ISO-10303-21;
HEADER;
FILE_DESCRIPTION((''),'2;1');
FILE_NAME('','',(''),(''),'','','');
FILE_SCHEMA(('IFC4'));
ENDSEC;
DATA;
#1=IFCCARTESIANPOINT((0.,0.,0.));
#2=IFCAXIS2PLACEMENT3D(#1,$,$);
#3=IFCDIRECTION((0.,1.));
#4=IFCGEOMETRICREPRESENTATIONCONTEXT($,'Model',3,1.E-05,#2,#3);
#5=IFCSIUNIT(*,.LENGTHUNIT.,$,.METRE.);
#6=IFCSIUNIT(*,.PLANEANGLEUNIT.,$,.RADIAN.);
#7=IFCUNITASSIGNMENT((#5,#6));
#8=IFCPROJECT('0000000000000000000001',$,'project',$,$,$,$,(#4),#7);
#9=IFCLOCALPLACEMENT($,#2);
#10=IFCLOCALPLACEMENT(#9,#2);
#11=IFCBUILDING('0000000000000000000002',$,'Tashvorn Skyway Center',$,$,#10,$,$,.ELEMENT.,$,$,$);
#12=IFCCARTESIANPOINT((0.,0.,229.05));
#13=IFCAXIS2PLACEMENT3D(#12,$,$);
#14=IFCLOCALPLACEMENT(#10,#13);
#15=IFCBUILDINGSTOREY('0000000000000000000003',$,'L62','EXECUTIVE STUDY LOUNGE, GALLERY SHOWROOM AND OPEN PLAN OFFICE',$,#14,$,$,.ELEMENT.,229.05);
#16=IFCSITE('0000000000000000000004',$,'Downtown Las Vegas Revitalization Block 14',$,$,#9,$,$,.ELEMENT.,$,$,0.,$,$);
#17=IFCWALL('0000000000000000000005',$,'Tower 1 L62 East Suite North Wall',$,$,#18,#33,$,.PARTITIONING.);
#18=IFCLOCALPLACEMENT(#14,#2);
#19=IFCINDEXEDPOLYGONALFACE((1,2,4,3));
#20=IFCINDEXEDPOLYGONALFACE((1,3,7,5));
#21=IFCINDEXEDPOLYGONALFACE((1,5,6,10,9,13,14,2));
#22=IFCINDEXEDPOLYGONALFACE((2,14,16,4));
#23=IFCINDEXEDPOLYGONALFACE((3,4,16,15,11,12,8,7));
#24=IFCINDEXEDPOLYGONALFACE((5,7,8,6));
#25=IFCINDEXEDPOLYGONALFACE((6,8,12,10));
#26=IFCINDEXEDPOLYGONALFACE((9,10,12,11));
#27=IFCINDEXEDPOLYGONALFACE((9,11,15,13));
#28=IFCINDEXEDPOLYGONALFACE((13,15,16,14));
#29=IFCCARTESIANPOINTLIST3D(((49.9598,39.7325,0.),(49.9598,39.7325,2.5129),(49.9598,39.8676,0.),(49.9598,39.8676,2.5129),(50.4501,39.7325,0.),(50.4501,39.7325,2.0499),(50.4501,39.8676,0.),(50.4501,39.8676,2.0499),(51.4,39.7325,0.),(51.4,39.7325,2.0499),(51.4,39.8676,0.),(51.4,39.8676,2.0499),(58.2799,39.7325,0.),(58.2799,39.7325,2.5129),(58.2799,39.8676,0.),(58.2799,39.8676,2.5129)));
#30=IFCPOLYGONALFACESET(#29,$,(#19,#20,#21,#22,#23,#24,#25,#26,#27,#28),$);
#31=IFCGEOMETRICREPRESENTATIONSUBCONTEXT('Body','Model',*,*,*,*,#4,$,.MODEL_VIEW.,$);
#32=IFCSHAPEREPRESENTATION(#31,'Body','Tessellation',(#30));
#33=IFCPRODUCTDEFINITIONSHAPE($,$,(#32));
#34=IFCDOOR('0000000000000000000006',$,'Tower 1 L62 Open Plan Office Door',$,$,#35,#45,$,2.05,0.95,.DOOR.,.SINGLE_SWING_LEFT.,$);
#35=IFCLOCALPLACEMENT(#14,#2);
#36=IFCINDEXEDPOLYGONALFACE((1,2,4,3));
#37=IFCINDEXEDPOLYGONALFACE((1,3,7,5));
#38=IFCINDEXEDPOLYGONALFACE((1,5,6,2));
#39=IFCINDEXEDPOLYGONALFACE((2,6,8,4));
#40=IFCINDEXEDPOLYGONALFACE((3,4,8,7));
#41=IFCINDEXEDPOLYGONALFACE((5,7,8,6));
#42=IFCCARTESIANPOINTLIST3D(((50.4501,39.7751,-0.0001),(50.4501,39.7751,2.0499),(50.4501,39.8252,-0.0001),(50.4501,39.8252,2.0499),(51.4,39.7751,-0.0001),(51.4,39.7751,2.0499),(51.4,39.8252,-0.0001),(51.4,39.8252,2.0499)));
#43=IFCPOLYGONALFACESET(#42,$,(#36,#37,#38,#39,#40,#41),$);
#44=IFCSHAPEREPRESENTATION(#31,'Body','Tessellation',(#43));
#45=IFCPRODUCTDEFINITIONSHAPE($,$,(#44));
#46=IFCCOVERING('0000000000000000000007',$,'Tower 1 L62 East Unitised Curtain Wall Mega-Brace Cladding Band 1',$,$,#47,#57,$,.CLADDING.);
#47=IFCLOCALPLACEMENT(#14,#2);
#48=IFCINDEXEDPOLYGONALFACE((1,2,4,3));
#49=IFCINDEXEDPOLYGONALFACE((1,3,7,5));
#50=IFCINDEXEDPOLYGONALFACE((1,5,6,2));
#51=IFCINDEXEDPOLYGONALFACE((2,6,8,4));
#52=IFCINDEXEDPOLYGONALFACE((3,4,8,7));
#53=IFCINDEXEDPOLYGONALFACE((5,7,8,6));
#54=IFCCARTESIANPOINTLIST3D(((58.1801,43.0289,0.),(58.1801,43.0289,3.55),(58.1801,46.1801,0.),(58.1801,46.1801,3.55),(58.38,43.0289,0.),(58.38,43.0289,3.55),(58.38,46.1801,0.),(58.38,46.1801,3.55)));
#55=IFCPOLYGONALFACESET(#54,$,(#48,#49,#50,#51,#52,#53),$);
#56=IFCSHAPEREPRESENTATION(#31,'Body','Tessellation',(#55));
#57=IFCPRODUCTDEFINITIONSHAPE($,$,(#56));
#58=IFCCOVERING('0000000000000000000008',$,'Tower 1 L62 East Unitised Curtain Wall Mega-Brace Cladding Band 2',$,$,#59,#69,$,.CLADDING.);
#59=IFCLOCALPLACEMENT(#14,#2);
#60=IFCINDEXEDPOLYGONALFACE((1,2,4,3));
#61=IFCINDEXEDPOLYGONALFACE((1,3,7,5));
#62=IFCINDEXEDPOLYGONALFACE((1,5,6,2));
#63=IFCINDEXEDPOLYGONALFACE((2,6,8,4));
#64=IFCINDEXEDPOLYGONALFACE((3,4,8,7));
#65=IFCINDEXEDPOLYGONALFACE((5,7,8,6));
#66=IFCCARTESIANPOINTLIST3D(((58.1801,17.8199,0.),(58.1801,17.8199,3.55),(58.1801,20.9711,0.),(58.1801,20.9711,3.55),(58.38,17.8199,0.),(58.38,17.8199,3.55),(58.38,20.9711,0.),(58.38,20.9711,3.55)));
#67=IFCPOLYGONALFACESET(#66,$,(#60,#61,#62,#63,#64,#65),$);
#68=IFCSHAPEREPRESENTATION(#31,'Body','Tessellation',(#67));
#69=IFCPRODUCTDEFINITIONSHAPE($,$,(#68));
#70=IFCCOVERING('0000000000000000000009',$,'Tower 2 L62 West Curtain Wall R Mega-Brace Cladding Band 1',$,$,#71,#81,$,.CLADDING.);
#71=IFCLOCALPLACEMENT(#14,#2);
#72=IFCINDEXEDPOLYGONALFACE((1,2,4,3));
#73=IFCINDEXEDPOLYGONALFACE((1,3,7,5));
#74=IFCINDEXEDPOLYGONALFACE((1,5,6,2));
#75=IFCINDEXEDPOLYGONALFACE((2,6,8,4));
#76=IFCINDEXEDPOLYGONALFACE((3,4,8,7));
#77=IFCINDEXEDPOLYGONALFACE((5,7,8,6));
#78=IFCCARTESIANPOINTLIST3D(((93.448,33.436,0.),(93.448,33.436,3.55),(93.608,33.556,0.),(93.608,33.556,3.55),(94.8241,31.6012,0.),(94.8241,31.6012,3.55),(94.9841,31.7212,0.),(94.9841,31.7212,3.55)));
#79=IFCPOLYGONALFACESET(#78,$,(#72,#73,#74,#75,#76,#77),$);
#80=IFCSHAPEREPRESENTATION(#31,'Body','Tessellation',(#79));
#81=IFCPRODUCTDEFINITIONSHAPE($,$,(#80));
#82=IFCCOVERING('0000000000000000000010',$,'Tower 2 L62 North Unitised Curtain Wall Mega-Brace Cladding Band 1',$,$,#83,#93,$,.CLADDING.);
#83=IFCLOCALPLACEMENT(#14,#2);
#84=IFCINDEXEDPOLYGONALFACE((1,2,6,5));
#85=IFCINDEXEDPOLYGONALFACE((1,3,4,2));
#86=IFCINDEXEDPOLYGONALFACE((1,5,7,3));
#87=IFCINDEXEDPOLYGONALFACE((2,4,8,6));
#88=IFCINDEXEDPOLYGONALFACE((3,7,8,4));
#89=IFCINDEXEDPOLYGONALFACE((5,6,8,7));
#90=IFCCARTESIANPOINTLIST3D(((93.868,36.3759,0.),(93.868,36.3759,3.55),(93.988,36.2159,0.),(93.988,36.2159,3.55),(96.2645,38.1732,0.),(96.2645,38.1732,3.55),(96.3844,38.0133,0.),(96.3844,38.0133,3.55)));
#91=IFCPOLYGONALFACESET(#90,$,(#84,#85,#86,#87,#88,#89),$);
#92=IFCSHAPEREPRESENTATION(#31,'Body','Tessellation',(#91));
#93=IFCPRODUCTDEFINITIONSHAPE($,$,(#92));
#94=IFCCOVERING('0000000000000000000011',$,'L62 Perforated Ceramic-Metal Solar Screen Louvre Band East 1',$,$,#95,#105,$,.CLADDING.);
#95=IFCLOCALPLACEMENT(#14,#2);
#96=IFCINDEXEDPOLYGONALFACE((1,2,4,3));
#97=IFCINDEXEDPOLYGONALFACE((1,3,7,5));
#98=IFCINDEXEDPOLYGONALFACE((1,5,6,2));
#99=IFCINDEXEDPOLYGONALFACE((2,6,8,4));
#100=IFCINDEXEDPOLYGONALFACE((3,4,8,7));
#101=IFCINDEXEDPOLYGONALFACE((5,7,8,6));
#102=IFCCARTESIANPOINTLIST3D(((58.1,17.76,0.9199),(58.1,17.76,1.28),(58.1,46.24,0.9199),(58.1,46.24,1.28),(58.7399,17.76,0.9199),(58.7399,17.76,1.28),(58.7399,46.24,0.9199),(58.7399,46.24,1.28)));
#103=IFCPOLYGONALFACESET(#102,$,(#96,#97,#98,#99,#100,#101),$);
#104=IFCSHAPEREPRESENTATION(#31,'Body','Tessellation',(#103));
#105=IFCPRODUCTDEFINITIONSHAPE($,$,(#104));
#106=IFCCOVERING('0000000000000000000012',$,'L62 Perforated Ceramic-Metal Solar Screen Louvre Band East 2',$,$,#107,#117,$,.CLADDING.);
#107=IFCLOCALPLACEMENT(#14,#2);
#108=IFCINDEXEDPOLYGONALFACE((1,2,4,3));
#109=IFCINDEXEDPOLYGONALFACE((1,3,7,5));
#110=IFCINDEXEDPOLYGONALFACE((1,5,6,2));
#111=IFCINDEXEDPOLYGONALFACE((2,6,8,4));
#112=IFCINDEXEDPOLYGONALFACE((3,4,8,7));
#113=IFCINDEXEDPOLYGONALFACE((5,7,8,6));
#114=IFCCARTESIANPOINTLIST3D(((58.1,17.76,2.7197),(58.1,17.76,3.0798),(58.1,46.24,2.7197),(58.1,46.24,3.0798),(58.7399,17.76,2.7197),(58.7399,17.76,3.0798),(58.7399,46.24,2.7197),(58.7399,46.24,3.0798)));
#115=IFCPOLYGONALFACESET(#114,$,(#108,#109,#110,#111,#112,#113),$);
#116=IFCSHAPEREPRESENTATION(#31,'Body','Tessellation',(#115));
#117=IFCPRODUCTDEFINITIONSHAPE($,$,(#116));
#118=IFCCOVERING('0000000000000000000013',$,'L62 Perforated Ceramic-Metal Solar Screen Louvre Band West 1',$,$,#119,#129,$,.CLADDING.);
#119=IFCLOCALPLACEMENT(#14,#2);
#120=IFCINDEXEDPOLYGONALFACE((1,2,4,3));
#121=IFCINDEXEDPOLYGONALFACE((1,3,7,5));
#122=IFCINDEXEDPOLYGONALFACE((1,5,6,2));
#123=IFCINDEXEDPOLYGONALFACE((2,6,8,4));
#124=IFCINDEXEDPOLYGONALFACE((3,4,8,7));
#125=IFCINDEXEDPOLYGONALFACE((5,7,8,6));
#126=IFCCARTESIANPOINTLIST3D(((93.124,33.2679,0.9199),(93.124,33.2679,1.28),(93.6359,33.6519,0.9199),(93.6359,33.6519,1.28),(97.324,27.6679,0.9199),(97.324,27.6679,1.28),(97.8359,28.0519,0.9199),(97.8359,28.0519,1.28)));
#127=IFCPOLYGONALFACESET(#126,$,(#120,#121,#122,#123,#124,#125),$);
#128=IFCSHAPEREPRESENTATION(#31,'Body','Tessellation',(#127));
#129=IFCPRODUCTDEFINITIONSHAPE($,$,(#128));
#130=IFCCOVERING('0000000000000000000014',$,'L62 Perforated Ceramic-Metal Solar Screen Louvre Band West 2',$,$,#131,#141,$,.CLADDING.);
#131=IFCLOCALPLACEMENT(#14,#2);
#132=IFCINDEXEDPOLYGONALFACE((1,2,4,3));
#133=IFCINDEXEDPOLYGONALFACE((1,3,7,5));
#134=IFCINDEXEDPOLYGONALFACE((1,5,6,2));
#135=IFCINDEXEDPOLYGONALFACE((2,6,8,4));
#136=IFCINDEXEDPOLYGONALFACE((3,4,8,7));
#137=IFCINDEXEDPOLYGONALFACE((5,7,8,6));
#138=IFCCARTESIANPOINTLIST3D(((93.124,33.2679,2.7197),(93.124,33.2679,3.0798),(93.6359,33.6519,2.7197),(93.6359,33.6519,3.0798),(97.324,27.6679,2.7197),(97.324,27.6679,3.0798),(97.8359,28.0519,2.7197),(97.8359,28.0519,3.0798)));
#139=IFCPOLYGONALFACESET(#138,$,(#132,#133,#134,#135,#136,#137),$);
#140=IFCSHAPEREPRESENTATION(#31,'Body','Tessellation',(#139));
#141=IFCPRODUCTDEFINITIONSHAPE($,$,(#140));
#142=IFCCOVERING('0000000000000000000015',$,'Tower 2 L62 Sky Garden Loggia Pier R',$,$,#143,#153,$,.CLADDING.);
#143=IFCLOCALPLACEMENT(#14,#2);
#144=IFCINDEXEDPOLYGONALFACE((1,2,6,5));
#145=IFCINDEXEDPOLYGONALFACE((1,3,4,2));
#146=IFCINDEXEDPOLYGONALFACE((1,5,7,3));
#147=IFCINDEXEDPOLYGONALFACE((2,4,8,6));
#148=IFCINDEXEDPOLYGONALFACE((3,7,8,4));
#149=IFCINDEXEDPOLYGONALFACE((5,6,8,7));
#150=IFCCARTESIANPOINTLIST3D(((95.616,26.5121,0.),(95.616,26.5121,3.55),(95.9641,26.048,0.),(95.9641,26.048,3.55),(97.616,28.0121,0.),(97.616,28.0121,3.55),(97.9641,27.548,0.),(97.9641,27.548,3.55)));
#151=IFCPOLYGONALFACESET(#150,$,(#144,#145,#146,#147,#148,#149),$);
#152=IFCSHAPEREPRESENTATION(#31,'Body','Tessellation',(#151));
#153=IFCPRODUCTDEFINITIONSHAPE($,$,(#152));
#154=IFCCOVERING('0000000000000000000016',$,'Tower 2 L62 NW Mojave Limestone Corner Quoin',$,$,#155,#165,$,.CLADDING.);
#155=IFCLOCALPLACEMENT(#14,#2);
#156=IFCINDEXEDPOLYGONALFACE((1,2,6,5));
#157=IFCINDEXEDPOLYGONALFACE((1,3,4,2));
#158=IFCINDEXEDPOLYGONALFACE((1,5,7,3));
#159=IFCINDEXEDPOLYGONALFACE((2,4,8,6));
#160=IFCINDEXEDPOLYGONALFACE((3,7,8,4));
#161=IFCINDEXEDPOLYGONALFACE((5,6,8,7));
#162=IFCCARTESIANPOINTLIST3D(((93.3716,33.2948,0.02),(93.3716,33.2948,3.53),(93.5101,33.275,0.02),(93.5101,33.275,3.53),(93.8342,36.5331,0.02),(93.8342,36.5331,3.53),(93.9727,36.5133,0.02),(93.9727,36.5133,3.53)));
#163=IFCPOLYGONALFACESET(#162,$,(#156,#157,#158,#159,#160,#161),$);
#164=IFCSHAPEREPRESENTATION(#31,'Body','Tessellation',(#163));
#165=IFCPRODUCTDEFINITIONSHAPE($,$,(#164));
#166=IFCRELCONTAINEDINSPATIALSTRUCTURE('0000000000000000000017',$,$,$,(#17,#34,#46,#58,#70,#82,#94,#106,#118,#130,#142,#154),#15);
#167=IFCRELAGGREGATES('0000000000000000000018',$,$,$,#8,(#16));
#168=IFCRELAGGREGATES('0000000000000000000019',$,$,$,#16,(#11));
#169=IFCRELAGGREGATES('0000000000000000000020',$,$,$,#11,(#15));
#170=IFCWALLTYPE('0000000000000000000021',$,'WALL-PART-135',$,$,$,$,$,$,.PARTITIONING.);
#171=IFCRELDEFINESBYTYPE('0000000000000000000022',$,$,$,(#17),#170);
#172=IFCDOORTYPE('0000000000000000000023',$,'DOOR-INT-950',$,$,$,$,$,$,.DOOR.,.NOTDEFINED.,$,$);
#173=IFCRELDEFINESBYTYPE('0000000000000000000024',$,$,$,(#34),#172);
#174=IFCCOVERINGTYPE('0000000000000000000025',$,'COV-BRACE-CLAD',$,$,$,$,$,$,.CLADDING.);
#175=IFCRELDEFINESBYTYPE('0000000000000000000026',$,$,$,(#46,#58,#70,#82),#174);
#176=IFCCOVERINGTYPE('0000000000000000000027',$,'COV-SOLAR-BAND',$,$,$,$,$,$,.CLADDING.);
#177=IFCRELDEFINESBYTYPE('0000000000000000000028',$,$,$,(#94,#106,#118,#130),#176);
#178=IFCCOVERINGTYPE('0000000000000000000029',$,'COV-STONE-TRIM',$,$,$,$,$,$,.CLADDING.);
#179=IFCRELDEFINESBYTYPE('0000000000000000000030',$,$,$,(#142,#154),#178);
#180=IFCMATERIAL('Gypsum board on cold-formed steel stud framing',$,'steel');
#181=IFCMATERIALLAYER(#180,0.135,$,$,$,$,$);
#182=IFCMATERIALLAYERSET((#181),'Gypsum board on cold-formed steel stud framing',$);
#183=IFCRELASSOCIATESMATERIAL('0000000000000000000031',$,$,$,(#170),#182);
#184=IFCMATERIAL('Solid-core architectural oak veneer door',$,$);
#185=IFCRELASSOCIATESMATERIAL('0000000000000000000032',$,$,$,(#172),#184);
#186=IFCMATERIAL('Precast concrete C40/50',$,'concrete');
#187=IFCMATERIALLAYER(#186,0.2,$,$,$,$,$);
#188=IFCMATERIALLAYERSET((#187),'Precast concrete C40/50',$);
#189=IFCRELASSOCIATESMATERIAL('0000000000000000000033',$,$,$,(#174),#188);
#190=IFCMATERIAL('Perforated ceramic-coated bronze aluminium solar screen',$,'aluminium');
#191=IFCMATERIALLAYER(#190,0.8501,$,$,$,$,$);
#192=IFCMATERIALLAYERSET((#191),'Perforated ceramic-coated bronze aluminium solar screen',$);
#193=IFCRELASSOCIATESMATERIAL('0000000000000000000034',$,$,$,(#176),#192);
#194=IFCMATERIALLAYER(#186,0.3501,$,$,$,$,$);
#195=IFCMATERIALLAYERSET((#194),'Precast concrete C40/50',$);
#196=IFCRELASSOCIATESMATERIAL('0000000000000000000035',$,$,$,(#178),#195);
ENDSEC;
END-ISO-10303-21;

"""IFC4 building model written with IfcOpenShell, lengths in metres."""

from ifc_helpers import new_model, si_unit, direction, frame, frame_2d, origin, origin_2d, place, context, subcontext, project, spatial, rectangle, extrude, material, layer, layer_set, type_object, element, fill, save


model = new_model("IFC4")

# Units and contexts
model_context = context("Model", 3, precision=1e-05, world=origin(), true_north=direction((0.0, 1.0)))
body_context = subcontext(model_context, "Body", "Model", "MODEL_VIEW")
ifc_project = project(units=[si_unit("LENGTHUNIT", "METRE"), si_unit("PLANEANGLEUNIT", "RADIAN")], contexts=[model_context])

# Site, building, storey
site_placement = place(None, origin())
site = spatial("IfcSite", under=ifc_project, at=site_placement, Name="Downtown Las Vegas Revitalization Block 14", CompositionType="ELEMENT", RefElevation=0.0)
building_placement = place(site_placement, origin())
building = spatial("IfcBuilding", under=site, at=building_placement, Name="Tashvorn Skyway Center", CompositionType="ELEMENT")
storey_placement = place(building_placement, frame((0.0, 0.0, 229.05)))
storey = spatial("IfcBuildingStorey", under=building, at=storey_placement, Name="L62", Description="EXECUTIVE STUDY LOUNGE, GALLERY SHOWROOM AND OPEN PLAN OFFICE", CompositionType="ELEMENT", Elevation=229.05)

# Shared definitions
ifc_material_1 = material(Name="Precast concrete C40/50", Category="concrete")

# Wall, opening, door
ifc_material_2 = material(Name="Gypsum board on cold-formed steel stud framing", Category="steel")
ifc_layer_1 = layer(ifc_material_2, 0.135)
ifc_layer_set_1 = layer_set([ifc_layer_1], Name="Gypsum board on cold-formed steel stud framing")
wall_type_1 = type_object("IfcWallType", Name="WALL-PART-135", PredefinedType="PARTITIONING", material=ifc_layer_set_1)
wall_1_placement = place(storey_placement, frame((58.28, 39.8, 0.0), z_axis=(0.0, 0.0, 1.0), x_axis=(-1.0, 0.0, 0.0)))
wall_1 = element("IfcWall", 1, at=wall_1_placement, inside=storey, type_object=wall_type_1, Name="Tower 1 L62 East Suite North Wall", PredefinedType="PARTITIONING", context=body_context, shape_type="SweptSolid", body=[
    extrude(rectangle(XDim=8.3201, YDim=0.135, at=frame_2d((4.1602, 0.0))), origin(), (0.0, 0.0, 1.0), 2.5129),
])
opening_placement = place(wall_1_placement, frame((6.8799, 0.0, 0.0)))
opening = element("IfcOpeningElement", 2, at=opening_placement, cuts=wall_1, PredefinedType="OPENING", context=body_context, shape_type="SweptSolid", body=[
    extrude(rectangle(XDim=0.95, YDim=2.05, at=frame_2d((0.4751, 1.0249))), frame((0.0, 0.0774, 0.0), z_axis=(0.0, -1.0, 0.0), x_axis=(1.0, 0.0, 0.0)), (0.0, 0.0, 1.0), 0.155),
])
ifc_material_3 = material(Name="Solid-core architectural oak veneer door")
door_type = type_object("IfcDoorType", Name="DOOR-INT-950", OperationType="NOTDEFINED", PredefinedType="DOOR", material=ifc_material_3)
door_placement = place(opening_placement, origin())
door = element("IfcDoor", 3, at=door_placement, inside=storey, type_object=door_type, Name="Tower 1 L62 Open Plan Office Door", OperationType="SINGLE_SWING_LEFT", OverallHeight=2.05, OverallWidth=0.95, PredefinedType="DOOR", context=body_context, shape_type="SweptSolid", body=[
    extrude(rectangle(XDim=0.95, YDim=2.05, at=frame_2d((0.4751, 1.0249))), frame((0.0, 0.0249, 0.0), z_axis=(0.0, -1.0, 0.0), x_axis=(1.0, 0.0, 0.0)), (0.0, 0.0, 1.0), 0.05),
])
fill(opening, door)

# Coverings
ifc_layer_2 = layer(ifc_material_1, 0.2)
ifc_layer_set_2 = layer_set([ifc_layer_2], Name="Precast concrete C40/50")
covering_type_1 = type_object("IfcCoveringType", Name="COV-BRACE-CLAD", PredefinedType="CLADDING", material=ifc_layer_set_2)
for number, where, z_axis, x_axis, name in (
    (4, (58.28, 44.6045, 0.0), (0.0, 0.0, 1.0), (0.0, -1.0, 0.0), "Tower 1 L62 East Unitised Curtain Wall Mega-Brace Cladding Band 1"),
    (5, (58.28, 19.3955, 0.0), (0.0, 0.0, 1.0), (0.0, -1.0, 0.0), "Tower 1 L62 East Unitised Curtain Wall Mega-Brace Cladding Band 2"),
):
    element("IfcCovering", number, at=place(storey_placement, frame(where, z_axis=z_axis, x_axis=x_axis)), inside=storey, type_object=covering_type_1, Name=name, PredefinedType="CLADDING", context=body_context, shape_type="SweptSolid", body=[
        extrude(rectangle(XDim=3.1511, YDim=0.2, at=origin_2d()), origin(), (0.0, 0.0, 1.0), 3.55),
    ])
covering_1_placement = place(storey_placement, frame((94.2161, 32.5786, 0.0), z_axis=(0.0, 0.0, 1.0), x_axis=(-0.6, 0.8, 0.0)))
element("IfcCovering", 6, at=covering_1_placement, inside=storey, type_object=covering_type_1, Name="Tower 2 L62 West Curtain Wall R Mega-Brace Cladding Band 1", PredefinedType="CLADDING", context=body_context, shape_type="SweptSolid", body=[
    extrude(rectangle(XDim=2.2935, YDim=0.2, at=origin_2d()), origin(), (0.0, 0.0, 1.0), 3.55),
])
covering_2_placement = place(storey_placement, frame((95.1262, 37.1946, 0.0), z_axis=(0.0, 0.0, 1.0), x_axis=(0.8, 0.6, 0.0)))
element("IfcCovering", 7, at=covering_2_placement, inside=storey, type_object=covering_type_1, Name="Tower 2 L62 North Unitised Curtain Wall Mega-Brace Cladding Band 1", PredefinedType="CLADDING", context=body_context, shape_type="SweptSolid", body=[
    extrude(rectangle(XDim=2.9956, YDim=0.2, at=origin_2d()), origin(), (0.0, 0.0, 1.0), 3.55),
])
ifc_material_4 = material(Name="Perforated ceramic-coated bronze aluminium solar screen", Category="aluminium")
ifc_layer_3 = layer(ifc_material_4, 0.8501)
ifc_layer_set_3 = layer_set([ifc_layer_3], Name="Perforated ceramic-coated bronze aluminium solar screen")
covering_type_2 = type_object("IfcCoveringType", Name="COV-SOLAR-BAND", PredefinedType="CLADDING", material=ifc_layer_set_3)
for number, where, z_axis, x_axis, name in (
    (8, (58.4199, 32.0, 0.9199), (0.0, 0.0, 1.0), (0.0, -1.0, 0.0), "L62 Perforated Ceramic-Metal Solar Screen Louvre Band East 1"),
    (9, (58.4199, 32.0, 2.7197), (0.0, 0.0, 1.0), (0.0, -1.0, 0.0), "L62 Perforated Ceramic-Metal Solar Screen Louvre Band East 2"),
):
    element("IfcCovering", number, at=place(storey_placement, frame(where, z_axis=z_axis, x_axis=x_axis)), inside=storey, type_object=covering_type_2, Name=name, PredefinedType="CLADDING", context=body_context, shape_type="SweptSolid", body=[
        extrude(rectangle(XDim=28.48, YDim=0.6399, at=origin_2d()), origin(), (0.0, 0.0, 1.0), 0.3601),
    ])
for number, where, z_axis, x_axis, name in (
    (10, (95.48, 30.6599, 0.9199), (0.0, 0.0, 1.0), (-0.6, 0.8, 0.0), "L62 Perforated Ceramic-Metal Solar Screen Louvre Band West 1"),
    (11, (95.48, 30.6599, 2.7197), (0.0, 0.0, 1.0), (-0.6, 0.8, 0.0), "L62 Perforated Ceramic-Metal Solar Screen Louvre Band West 2"),
):
    element("IfcCovering", number, at=place(storey_placement, frame(where, z_axis=z_axis, x_axis=x_axis)), inside=storey, type_object=covering_type_2, Name=name, PredefinedType="CLADDING", context=body_context, shape_type="SweptSolid", body=[
        extrude(rectangle(XDim=7.0, YDim=0.6399, at=origin_2d()), origin(), (0.0, 0.0, 1.0), 0.3601),
    ])
ifc_layer_4 = layer(ifc_material_1, 0.3501)
ifc_layer_set_4 = layer_set([ifc_layer_4], Name="Precast concrete C40/50")
covering_type_3 = type_object("IfcCoveringType", Name="COV-STONE-TRIM", PredefinedType="CLADDING", material=ifc_layer_set_4)
covering_3_placement = place(storey_placement, frame((96.79, 27.03, 0.0), z_axis=(0.0, 0.0, 1.0), x_axis=(-0.6, 0.8, 0.0)))
element("IfcCovering", 12, at=covering_3_placement, inside=storey, type_object=covering_type_3, Name="Tower 2 L62 Sky Garden Loggia Pier R", PredefinedType="CLADDING", context=body_context, shape_type="SweptSolid", body=[
    extrude(rectangle(XDim=0.5801, YDim=2.5, at=origin_2d()), origin(), (0.0, 0.0, 1.0), 3.55),
])
covering_4_placement = place(storey_placement, frame((93.6721, 34.9041, 0.02), z_axis=(0.0, 0.0, 1.0), x_axis=(-0.141421, -0.989949, 0.0)))
element("IfcCovering", 13, at=covering_4_placement, inside=storey, type_object=covering_type_3, Name="Tower 2 L62 NW Mojave Limestone Corner Quoin", PredefinedType="CLADDING", context=body_context, shape_type="SweptSolid", body=[
    extrude(rectangle(XDim=3.2712, YDim=0.1399, at=origin_2d()), origin(), (0.0, 0.0, 1.0), 3.51),
])

save(model, "model.ifc")
